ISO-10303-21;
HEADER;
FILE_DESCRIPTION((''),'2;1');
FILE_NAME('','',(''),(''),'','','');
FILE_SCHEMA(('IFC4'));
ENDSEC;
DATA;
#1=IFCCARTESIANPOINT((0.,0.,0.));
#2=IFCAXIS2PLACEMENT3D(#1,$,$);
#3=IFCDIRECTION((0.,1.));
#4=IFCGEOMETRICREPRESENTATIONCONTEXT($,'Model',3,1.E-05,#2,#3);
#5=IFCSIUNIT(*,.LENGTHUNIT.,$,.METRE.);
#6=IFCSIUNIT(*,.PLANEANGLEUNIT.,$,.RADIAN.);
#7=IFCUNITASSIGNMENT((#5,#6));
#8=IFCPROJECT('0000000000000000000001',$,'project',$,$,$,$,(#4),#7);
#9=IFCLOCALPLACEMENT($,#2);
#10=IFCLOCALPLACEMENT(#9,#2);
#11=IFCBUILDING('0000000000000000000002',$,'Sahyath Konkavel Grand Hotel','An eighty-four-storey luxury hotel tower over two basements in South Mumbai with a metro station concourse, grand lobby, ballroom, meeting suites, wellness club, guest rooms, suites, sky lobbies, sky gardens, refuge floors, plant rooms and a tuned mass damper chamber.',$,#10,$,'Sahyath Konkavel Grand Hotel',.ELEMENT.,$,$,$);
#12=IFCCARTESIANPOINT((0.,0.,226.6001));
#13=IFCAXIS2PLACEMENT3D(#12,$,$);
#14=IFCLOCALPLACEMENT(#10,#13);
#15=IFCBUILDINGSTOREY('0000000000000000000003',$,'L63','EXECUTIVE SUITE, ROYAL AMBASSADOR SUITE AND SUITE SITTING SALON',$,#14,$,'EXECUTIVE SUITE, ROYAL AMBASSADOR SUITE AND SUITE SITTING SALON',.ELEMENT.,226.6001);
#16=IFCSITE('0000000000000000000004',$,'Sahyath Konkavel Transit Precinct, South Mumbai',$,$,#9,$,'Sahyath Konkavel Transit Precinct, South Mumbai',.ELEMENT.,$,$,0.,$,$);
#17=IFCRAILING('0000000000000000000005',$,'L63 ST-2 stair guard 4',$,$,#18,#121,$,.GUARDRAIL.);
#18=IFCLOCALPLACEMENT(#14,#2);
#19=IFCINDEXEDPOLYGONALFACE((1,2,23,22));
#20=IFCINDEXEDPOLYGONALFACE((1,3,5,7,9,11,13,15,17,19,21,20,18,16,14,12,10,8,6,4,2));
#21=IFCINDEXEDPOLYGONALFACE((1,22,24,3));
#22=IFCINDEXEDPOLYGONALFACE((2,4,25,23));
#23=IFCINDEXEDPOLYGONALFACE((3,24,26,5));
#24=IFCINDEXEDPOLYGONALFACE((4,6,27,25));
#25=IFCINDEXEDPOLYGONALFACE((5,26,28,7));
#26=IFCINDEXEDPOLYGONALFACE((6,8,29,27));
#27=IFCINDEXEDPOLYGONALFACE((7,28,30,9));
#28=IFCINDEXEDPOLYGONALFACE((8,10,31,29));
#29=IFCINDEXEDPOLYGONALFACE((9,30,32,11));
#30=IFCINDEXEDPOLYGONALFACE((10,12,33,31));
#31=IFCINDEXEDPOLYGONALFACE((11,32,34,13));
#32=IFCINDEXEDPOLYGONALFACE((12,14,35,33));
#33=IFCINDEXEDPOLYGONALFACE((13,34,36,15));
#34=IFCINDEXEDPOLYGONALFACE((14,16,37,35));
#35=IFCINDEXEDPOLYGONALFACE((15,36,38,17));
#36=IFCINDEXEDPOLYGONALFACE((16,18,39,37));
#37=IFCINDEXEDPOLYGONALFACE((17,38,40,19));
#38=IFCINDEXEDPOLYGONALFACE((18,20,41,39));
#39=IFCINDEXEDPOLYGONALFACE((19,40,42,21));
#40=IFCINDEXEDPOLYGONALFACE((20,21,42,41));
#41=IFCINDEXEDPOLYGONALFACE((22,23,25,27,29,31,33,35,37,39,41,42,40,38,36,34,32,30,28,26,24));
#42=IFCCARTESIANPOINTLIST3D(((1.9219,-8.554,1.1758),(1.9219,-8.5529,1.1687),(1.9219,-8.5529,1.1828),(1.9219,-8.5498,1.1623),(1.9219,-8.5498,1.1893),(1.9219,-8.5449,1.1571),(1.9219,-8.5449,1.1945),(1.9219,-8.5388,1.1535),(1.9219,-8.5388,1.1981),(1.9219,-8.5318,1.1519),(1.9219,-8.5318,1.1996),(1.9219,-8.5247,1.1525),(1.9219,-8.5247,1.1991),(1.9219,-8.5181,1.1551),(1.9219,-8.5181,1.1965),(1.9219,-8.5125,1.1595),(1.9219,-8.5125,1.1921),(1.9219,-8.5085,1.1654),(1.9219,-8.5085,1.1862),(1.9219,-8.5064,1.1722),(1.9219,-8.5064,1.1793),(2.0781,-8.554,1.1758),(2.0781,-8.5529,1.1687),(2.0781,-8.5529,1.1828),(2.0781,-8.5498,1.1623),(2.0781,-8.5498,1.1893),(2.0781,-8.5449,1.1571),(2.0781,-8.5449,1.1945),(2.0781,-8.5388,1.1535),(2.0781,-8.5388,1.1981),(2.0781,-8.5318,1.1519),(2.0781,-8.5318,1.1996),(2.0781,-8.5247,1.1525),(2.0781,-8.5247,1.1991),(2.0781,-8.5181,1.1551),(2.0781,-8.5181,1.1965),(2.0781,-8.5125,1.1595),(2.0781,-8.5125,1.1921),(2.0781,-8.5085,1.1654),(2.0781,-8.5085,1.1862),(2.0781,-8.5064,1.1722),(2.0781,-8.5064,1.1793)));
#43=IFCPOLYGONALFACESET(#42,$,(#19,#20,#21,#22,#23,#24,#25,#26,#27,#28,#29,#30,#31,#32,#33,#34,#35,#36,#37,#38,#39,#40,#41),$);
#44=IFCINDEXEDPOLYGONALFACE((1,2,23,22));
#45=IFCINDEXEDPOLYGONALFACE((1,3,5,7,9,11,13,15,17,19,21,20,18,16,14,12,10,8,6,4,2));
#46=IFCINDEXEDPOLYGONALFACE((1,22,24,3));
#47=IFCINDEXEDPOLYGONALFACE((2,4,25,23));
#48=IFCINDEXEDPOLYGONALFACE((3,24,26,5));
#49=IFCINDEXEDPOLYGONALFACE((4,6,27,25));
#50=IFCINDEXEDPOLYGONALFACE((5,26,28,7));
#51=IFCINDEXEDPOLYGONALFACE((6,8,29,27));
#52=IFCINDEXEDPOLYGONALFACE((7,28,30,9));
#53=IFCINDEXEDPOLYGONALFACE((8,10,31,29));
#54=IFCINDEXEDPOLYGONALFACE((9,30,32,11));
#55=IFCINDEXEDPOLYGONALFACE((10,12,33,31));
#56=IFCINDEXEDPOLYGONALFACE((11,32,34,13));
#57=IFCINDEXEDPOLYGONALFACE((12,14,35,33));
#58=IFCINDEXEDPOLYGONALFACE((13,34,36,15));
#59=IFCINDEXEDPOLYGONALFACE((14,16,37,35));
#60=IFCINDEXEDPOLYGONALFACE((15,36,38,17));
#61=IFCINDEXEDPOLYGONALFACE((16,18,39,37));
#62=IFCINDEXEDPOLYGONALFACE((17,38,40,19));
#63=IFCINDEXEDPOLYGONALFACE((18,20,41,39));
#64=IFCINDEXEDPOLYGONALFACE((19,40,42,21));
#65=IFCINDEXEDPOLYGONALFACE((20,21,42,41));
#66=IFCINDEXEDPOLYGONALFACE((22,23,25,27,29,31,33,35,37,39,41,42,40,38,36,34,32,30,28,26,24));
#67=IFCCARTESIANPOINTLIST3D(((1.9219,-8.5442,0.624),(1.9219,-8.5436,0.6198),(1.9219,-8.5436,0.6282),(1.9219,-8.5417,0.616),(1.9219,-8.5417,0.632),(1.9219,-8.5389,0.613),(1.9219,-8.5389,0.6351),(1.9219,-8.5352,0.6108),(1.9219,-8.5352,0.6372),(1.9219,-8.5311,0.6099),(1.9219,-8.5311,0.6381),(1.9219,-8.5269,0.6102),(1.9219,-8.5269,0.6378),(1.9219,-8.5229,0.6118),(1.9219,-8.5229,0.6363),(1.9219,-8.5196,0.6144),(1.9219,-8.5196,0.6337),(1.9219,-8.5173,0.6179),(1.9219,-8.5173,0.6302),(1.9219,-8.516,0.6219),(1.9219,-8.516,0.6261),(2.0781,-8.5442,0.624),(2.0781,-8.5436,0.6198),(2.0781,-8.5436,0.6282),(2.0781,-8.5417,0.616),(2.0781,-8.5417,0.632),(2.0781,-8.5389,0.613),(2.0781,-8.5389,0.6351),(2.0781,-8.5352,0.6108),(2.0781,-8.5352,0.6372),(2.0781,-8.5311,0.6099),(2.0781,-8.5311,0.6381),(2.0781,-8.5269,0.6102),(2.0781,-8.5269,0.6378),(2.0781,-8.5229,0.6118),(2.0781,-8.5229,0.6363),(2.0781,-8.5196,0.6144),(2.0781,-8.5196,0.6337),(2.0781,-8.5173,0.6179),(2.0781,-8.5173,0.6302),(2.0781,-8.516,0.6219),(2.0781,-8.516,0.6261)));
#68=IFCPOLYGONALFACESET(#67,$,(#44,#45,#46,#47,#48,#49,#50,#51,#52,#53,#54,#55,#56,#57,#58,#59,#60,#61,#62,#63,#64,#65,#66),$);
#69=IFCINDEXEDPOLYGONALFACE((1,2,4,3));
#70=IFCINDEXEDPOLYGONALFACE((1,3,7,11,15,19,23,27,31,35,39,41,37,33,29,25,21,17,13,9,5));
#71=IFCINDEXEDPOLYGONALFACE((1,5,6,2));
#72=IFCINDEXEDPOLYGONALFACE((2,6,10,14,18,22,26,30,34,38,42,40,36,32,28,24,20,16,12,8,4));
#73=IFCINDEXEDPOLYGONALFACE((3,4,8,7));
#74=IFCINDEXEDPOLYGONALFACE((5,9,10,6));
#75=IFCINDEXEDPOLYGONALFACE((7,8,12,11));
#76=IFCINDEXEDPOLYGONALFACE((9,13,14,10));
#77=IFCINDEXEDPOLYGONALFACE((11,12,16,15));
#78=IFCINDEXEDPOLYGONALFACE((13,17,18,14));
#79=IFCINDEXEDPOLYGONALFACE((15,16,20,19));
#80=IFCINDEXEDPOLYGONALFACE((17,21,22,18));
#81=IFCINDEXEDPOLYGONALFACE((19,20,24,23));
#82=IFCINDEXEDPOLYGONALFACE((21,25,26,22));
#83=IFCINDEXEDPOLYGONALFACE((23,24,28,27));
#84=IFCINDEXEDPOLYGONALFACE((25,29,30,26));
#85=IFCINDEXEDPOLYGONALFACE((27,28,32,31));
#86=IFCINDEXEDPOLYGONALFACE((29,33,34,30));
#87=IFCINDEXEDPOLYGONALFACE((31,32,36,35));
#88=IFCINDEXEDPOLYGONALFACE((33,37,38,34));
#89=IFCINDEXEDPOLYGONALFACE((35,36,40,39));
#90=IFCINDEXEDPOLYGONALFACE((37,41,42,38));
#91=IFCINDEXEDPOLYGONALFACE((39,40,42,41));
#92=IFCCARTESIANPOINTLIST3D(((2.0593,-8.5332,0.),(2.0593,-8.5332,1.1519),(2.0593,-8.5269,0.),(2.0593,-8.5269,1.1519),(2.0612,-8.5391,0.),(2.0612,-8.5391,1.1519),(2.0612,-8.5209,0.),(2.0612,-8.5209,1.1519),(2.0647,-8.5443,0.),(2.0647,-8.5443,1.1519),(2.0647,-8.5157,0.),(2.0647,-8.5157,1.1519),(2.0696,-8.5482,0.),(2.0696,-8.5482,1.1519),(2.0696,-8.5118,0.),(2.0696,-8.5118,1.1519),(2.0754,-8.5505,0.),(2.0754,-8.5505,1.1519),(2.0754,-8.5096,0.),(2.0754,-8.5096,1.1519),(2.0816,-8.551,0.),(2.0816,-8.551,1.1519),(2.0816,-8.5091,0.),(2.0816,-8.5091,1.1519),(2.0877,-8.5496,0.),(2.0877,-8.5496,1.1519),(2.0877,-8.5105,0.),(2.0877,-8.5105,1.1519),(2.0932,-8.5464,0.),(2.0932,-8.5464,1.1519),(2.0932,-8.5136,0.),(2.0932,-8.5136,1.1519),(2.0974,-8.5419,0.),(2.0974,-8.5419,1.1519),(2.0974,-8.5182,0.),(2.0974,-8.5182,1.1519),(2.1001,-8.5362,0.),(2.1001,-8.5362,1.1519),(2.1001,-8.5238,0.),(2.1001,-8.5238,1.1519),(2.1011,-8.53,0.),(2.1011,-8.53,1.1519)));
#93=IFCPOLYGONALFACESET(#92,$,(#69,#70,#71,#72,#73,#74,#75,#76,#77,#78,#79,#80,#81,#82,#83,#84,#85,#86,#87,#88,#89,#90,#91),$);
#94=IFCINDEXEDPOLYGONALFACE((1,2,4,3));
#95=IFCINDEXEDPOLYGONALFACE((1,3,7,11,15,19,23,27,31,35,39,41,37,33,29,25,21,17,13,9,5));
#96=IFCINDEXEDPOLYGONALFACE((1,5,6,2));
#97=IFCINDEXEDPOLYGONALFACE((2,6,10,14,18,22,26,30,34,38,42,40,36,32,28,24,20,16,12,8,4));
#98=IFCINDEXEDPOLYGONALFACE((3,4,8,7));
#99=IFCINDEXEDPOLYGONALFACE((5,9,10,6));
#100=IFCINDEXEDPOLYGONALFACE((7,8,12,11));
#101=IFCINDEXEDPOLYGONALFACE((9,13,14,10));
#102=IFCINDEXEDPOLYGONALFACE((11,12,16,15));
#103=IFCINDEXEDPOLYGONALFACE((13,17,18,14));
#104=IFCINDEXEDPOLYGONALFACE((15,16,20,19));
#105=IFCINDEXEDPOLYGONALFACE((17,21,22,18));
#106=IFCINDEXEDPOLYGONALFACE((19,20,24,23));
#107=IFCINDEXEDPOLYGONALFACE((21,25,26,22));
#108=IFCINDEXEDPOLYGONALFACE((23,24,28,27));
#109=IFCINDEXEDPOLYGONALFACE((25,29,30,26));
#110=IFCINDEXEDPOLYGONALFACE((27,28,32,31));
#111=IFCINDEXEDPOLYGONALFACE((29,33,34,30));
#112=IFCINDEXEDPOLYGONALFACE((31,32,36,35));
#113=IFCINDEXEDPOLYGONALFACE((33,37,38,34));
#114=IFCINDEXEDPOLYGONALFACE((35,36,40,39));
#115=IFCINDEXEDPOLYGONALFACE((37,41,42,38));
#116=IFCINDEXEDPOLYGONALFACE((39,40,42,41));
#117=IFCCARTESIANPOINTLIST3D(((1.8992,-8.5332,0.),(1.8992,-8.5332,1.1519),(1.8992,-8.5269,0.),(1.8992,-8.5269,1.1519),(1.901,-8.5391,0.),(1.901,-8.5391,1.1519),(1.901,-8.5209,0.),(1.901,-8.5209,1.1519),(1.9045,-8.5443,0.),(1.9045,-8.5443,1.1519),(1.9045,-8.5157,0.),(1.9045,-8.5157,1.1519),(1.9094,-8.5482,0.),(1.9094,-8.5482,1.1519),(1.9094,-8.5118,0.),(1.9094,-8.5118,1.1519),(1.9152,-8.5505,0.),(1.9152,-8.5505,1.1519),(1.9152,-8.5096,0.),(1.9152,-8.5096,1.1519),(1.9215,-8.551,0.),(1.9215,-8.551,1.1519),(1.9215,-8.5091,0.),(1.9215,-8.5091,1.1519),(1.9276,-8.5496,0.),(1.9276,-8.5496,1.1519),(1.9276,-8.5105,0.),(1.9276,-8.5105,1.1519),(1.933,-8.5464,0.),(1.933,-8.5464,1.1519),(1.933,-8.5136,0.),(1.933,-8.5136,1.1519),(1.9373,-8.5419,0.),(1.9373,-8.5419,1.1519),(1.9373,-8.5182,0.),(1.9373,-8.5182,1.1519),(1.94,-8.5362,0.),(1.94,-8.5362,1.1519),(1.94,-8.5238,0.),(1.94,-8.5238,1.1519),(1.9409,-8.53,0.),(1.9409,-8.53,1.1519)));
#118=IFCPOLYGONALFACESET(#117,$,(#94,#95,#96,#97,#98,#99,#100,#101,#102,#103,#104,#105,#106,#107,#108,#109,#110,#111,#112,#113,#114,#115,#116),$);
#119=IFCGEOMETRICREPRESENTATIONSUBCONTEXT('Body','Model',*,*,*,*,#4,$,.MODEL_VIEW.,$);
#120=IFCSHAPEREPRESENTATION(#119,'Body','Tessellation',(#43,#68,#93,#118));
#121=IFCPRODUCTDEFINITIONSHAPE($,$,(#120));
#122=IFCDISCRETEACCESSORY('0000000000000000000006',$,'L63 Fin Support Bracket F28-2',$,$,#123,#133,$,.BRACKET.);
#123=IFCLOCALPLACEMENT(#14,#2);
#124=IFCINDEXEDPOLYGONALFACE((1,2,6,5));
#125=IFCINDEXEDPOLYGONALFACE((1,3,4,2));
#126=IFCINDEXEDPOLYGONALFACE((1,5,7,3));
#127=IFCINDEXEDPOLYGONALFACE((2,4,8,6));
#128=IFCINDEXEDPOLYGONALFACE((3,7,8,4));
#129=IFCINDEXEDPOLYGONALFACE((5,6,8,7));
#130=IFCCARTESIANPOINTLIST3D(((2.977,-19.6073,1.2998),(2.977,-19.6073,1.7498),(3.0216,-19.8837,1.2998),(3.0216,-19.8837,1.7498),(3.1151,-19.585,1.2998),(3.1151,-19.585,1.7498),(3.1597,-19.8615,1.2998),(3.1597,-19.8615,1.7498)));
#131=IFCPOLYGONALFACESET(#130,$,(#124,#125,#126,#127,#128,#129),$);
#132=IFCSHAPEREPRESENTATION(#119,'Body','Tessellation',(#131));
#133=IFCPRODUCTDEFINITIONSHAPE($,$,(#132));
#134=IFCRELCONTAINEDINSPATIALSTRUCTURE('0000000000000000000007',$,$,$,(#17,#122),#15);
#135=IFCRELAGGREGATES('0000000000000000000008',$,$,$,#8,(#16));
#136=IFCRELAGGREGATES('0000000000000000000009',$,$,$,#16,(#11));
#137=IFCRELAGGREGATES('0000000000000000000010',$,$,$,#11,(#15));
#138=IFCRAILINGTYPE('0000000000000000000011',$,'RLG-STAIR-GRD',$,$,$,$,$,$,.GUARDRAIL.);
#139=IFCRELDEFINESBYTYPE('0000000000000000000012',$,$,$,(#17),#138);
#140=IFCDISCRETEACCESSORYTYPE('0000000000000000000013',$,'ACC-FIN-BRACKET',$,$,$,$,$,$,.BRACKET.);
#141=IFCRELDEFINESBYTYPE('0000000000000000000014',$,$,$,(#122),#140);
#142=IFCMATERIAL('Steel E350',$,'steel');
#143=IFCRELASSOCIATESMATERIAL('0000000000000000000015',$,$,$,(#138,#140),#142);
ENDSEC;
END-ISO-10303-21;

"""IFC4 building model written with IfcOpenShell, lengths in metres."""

from ifc_helpers import new_model, si_unit, direction, frame, origin, origin_2d, place, context, subcontext, project, spatial, rectangle, circle, extrude, source, transform, mapped, material, type_object, element, save


model = new_model("IFC4")

# Units and contexts
model_context = context("Model", 3, precision=1e-05, world=origin(), true_north=direction((0.0, 1.0)))
body_context = subcontext(model_context, "Body", "Model", "MODEL_VIEW")
ifc_project = project(units=[si_unit("LENGTHUNIT", "METRE"), si_unit("PLANEANGLEUNIT", "RADIAN")], contexts=[model_context])

# Site, building, storey
site_placement = place(None, origin())
site = spatial("IfcSite", under=ifc_project, at=site_placement, Name="Sahyath Konkavel Transit Precinct, South Mumbai", LongName="Sahyath Konkavel Transit Precinct, South Mumbai", CompositionType="ELEMENT", RefElevation=0.0)
building_placement = place(site_placement, origin())
building = spatial("IfcBuilding", under=site, at=building_placement, Name="Sahyath Konkavel Grand Hotel", Description="An eighty-four-storey luxury hotel tower over two basements in South Mumbai with a metro station concourse, grand lobby, ballroom, meeting suites, wellness club, guest rooms, suites, sky lobbies, sky gardens, refuge floors, plant rooms and a tuned mass damper chamber.", LongName="Sahyath Konkavel Grand Hotel", CompositionType="ELEMENT")
storey_placement = place(building_placement, frame((0.0, 0.0, 226.6001)))
storey = spatial("IfcBuildingStorey", under=building, at=storey_placement, Name="L63", Description="EXECUTIVE SUITE, ROYAL AMBASSADOR SUITE AND SUITE SITTING SALON", LongName="EXECUTIVE SUITE, ROYAL AMBASSADOR SUITE AND SUITE SITTING SALON", CompositionType="ELEMENT", Elevation=226.6001)

# Shared definitions
ifc_material_1 = material(Name="Steel E350", Category="steel")

# Railing
railing_type = type_object("IfcRailingType", Name="RLG-STAIR-GRD", PredefinedType="GUARDRAIL", material=ifc_material_1)
railing_1_placement = place(storey_placement, frame((2.0801, -8.53, 0.0)))
element("IfcRailing", 1, at=railing_1_placement, inside=storey, type_object=railing_type, Name="L63 ST-2 stair guard 4", PredefinedType="GUARDRAIL", context=body_context, shape_type="SweptSolid", body=[
    extrude(circle(Radius=0.0239, at=origin_2d()), frame((-0.002, 0.0, 1.1758), z_axis=(-1.0, 0.0, 0.0), x_axis=(0.0, -1.0, 0.0)), (0.0, 0.0, 1.0), 0.1562),
    extrude(circle(Radius=0.0142, at=origin_2d()), frame((-0.002, 0.0, 0.624), z_axis=(-1.0, 0.0, 0.0), x_axis=(0.0, -1.0, 0.0)), (0.0, 0.0, 1.0), 0.1562),
    extrude(circle(Radius=0.021, at=origin_2d()), origin(), (0.0, 0.0, 1.0), 1.1519),
    extrude(circle(Radius=0.021, at=origin_2d()), frame((-0.1602, 0.0, 0.0)), (0.0, 0.0, 1.0), 1.1519),
])

# Discrete accessory
discrete_accessory_type = type_object("IfcDiscreteAccessoryType", Name="ACC-FIN-BRACKET", PredefinedType="BRACKET", material=ifc_material_1)
shared_shape_1 = source(origin(), body_context, "Body", "SweptSolid", [
    extrude(rectangle(XDim=0.28, YDim=0.1399, at=origin_2d()), origin(), (0.0, 0.0, 1.0), 0.45),
])
discrete_accessory_placement = place(storey_placement, frame((3.0684, -19.7344, 1.2998), z_axis=(0.0, 0.0, 1.0), x_axis=(0.159364, -0.98722, 0.0)))
element("IfcDiscreteAccessory", 2, at=discrete_accessory_placement, inside=storey, type_object=discrete_accessory_type, Name="L63 Fin Support Bracket F28-2", PredefinedType="BRACKET", context=body_context, shape_type="MappedRepresentation", body=[
    mapped(shared_shape_1, transform((0.0, 0.0, 0.0), scale=1.0)),
])

save(model, "model.ifc")
